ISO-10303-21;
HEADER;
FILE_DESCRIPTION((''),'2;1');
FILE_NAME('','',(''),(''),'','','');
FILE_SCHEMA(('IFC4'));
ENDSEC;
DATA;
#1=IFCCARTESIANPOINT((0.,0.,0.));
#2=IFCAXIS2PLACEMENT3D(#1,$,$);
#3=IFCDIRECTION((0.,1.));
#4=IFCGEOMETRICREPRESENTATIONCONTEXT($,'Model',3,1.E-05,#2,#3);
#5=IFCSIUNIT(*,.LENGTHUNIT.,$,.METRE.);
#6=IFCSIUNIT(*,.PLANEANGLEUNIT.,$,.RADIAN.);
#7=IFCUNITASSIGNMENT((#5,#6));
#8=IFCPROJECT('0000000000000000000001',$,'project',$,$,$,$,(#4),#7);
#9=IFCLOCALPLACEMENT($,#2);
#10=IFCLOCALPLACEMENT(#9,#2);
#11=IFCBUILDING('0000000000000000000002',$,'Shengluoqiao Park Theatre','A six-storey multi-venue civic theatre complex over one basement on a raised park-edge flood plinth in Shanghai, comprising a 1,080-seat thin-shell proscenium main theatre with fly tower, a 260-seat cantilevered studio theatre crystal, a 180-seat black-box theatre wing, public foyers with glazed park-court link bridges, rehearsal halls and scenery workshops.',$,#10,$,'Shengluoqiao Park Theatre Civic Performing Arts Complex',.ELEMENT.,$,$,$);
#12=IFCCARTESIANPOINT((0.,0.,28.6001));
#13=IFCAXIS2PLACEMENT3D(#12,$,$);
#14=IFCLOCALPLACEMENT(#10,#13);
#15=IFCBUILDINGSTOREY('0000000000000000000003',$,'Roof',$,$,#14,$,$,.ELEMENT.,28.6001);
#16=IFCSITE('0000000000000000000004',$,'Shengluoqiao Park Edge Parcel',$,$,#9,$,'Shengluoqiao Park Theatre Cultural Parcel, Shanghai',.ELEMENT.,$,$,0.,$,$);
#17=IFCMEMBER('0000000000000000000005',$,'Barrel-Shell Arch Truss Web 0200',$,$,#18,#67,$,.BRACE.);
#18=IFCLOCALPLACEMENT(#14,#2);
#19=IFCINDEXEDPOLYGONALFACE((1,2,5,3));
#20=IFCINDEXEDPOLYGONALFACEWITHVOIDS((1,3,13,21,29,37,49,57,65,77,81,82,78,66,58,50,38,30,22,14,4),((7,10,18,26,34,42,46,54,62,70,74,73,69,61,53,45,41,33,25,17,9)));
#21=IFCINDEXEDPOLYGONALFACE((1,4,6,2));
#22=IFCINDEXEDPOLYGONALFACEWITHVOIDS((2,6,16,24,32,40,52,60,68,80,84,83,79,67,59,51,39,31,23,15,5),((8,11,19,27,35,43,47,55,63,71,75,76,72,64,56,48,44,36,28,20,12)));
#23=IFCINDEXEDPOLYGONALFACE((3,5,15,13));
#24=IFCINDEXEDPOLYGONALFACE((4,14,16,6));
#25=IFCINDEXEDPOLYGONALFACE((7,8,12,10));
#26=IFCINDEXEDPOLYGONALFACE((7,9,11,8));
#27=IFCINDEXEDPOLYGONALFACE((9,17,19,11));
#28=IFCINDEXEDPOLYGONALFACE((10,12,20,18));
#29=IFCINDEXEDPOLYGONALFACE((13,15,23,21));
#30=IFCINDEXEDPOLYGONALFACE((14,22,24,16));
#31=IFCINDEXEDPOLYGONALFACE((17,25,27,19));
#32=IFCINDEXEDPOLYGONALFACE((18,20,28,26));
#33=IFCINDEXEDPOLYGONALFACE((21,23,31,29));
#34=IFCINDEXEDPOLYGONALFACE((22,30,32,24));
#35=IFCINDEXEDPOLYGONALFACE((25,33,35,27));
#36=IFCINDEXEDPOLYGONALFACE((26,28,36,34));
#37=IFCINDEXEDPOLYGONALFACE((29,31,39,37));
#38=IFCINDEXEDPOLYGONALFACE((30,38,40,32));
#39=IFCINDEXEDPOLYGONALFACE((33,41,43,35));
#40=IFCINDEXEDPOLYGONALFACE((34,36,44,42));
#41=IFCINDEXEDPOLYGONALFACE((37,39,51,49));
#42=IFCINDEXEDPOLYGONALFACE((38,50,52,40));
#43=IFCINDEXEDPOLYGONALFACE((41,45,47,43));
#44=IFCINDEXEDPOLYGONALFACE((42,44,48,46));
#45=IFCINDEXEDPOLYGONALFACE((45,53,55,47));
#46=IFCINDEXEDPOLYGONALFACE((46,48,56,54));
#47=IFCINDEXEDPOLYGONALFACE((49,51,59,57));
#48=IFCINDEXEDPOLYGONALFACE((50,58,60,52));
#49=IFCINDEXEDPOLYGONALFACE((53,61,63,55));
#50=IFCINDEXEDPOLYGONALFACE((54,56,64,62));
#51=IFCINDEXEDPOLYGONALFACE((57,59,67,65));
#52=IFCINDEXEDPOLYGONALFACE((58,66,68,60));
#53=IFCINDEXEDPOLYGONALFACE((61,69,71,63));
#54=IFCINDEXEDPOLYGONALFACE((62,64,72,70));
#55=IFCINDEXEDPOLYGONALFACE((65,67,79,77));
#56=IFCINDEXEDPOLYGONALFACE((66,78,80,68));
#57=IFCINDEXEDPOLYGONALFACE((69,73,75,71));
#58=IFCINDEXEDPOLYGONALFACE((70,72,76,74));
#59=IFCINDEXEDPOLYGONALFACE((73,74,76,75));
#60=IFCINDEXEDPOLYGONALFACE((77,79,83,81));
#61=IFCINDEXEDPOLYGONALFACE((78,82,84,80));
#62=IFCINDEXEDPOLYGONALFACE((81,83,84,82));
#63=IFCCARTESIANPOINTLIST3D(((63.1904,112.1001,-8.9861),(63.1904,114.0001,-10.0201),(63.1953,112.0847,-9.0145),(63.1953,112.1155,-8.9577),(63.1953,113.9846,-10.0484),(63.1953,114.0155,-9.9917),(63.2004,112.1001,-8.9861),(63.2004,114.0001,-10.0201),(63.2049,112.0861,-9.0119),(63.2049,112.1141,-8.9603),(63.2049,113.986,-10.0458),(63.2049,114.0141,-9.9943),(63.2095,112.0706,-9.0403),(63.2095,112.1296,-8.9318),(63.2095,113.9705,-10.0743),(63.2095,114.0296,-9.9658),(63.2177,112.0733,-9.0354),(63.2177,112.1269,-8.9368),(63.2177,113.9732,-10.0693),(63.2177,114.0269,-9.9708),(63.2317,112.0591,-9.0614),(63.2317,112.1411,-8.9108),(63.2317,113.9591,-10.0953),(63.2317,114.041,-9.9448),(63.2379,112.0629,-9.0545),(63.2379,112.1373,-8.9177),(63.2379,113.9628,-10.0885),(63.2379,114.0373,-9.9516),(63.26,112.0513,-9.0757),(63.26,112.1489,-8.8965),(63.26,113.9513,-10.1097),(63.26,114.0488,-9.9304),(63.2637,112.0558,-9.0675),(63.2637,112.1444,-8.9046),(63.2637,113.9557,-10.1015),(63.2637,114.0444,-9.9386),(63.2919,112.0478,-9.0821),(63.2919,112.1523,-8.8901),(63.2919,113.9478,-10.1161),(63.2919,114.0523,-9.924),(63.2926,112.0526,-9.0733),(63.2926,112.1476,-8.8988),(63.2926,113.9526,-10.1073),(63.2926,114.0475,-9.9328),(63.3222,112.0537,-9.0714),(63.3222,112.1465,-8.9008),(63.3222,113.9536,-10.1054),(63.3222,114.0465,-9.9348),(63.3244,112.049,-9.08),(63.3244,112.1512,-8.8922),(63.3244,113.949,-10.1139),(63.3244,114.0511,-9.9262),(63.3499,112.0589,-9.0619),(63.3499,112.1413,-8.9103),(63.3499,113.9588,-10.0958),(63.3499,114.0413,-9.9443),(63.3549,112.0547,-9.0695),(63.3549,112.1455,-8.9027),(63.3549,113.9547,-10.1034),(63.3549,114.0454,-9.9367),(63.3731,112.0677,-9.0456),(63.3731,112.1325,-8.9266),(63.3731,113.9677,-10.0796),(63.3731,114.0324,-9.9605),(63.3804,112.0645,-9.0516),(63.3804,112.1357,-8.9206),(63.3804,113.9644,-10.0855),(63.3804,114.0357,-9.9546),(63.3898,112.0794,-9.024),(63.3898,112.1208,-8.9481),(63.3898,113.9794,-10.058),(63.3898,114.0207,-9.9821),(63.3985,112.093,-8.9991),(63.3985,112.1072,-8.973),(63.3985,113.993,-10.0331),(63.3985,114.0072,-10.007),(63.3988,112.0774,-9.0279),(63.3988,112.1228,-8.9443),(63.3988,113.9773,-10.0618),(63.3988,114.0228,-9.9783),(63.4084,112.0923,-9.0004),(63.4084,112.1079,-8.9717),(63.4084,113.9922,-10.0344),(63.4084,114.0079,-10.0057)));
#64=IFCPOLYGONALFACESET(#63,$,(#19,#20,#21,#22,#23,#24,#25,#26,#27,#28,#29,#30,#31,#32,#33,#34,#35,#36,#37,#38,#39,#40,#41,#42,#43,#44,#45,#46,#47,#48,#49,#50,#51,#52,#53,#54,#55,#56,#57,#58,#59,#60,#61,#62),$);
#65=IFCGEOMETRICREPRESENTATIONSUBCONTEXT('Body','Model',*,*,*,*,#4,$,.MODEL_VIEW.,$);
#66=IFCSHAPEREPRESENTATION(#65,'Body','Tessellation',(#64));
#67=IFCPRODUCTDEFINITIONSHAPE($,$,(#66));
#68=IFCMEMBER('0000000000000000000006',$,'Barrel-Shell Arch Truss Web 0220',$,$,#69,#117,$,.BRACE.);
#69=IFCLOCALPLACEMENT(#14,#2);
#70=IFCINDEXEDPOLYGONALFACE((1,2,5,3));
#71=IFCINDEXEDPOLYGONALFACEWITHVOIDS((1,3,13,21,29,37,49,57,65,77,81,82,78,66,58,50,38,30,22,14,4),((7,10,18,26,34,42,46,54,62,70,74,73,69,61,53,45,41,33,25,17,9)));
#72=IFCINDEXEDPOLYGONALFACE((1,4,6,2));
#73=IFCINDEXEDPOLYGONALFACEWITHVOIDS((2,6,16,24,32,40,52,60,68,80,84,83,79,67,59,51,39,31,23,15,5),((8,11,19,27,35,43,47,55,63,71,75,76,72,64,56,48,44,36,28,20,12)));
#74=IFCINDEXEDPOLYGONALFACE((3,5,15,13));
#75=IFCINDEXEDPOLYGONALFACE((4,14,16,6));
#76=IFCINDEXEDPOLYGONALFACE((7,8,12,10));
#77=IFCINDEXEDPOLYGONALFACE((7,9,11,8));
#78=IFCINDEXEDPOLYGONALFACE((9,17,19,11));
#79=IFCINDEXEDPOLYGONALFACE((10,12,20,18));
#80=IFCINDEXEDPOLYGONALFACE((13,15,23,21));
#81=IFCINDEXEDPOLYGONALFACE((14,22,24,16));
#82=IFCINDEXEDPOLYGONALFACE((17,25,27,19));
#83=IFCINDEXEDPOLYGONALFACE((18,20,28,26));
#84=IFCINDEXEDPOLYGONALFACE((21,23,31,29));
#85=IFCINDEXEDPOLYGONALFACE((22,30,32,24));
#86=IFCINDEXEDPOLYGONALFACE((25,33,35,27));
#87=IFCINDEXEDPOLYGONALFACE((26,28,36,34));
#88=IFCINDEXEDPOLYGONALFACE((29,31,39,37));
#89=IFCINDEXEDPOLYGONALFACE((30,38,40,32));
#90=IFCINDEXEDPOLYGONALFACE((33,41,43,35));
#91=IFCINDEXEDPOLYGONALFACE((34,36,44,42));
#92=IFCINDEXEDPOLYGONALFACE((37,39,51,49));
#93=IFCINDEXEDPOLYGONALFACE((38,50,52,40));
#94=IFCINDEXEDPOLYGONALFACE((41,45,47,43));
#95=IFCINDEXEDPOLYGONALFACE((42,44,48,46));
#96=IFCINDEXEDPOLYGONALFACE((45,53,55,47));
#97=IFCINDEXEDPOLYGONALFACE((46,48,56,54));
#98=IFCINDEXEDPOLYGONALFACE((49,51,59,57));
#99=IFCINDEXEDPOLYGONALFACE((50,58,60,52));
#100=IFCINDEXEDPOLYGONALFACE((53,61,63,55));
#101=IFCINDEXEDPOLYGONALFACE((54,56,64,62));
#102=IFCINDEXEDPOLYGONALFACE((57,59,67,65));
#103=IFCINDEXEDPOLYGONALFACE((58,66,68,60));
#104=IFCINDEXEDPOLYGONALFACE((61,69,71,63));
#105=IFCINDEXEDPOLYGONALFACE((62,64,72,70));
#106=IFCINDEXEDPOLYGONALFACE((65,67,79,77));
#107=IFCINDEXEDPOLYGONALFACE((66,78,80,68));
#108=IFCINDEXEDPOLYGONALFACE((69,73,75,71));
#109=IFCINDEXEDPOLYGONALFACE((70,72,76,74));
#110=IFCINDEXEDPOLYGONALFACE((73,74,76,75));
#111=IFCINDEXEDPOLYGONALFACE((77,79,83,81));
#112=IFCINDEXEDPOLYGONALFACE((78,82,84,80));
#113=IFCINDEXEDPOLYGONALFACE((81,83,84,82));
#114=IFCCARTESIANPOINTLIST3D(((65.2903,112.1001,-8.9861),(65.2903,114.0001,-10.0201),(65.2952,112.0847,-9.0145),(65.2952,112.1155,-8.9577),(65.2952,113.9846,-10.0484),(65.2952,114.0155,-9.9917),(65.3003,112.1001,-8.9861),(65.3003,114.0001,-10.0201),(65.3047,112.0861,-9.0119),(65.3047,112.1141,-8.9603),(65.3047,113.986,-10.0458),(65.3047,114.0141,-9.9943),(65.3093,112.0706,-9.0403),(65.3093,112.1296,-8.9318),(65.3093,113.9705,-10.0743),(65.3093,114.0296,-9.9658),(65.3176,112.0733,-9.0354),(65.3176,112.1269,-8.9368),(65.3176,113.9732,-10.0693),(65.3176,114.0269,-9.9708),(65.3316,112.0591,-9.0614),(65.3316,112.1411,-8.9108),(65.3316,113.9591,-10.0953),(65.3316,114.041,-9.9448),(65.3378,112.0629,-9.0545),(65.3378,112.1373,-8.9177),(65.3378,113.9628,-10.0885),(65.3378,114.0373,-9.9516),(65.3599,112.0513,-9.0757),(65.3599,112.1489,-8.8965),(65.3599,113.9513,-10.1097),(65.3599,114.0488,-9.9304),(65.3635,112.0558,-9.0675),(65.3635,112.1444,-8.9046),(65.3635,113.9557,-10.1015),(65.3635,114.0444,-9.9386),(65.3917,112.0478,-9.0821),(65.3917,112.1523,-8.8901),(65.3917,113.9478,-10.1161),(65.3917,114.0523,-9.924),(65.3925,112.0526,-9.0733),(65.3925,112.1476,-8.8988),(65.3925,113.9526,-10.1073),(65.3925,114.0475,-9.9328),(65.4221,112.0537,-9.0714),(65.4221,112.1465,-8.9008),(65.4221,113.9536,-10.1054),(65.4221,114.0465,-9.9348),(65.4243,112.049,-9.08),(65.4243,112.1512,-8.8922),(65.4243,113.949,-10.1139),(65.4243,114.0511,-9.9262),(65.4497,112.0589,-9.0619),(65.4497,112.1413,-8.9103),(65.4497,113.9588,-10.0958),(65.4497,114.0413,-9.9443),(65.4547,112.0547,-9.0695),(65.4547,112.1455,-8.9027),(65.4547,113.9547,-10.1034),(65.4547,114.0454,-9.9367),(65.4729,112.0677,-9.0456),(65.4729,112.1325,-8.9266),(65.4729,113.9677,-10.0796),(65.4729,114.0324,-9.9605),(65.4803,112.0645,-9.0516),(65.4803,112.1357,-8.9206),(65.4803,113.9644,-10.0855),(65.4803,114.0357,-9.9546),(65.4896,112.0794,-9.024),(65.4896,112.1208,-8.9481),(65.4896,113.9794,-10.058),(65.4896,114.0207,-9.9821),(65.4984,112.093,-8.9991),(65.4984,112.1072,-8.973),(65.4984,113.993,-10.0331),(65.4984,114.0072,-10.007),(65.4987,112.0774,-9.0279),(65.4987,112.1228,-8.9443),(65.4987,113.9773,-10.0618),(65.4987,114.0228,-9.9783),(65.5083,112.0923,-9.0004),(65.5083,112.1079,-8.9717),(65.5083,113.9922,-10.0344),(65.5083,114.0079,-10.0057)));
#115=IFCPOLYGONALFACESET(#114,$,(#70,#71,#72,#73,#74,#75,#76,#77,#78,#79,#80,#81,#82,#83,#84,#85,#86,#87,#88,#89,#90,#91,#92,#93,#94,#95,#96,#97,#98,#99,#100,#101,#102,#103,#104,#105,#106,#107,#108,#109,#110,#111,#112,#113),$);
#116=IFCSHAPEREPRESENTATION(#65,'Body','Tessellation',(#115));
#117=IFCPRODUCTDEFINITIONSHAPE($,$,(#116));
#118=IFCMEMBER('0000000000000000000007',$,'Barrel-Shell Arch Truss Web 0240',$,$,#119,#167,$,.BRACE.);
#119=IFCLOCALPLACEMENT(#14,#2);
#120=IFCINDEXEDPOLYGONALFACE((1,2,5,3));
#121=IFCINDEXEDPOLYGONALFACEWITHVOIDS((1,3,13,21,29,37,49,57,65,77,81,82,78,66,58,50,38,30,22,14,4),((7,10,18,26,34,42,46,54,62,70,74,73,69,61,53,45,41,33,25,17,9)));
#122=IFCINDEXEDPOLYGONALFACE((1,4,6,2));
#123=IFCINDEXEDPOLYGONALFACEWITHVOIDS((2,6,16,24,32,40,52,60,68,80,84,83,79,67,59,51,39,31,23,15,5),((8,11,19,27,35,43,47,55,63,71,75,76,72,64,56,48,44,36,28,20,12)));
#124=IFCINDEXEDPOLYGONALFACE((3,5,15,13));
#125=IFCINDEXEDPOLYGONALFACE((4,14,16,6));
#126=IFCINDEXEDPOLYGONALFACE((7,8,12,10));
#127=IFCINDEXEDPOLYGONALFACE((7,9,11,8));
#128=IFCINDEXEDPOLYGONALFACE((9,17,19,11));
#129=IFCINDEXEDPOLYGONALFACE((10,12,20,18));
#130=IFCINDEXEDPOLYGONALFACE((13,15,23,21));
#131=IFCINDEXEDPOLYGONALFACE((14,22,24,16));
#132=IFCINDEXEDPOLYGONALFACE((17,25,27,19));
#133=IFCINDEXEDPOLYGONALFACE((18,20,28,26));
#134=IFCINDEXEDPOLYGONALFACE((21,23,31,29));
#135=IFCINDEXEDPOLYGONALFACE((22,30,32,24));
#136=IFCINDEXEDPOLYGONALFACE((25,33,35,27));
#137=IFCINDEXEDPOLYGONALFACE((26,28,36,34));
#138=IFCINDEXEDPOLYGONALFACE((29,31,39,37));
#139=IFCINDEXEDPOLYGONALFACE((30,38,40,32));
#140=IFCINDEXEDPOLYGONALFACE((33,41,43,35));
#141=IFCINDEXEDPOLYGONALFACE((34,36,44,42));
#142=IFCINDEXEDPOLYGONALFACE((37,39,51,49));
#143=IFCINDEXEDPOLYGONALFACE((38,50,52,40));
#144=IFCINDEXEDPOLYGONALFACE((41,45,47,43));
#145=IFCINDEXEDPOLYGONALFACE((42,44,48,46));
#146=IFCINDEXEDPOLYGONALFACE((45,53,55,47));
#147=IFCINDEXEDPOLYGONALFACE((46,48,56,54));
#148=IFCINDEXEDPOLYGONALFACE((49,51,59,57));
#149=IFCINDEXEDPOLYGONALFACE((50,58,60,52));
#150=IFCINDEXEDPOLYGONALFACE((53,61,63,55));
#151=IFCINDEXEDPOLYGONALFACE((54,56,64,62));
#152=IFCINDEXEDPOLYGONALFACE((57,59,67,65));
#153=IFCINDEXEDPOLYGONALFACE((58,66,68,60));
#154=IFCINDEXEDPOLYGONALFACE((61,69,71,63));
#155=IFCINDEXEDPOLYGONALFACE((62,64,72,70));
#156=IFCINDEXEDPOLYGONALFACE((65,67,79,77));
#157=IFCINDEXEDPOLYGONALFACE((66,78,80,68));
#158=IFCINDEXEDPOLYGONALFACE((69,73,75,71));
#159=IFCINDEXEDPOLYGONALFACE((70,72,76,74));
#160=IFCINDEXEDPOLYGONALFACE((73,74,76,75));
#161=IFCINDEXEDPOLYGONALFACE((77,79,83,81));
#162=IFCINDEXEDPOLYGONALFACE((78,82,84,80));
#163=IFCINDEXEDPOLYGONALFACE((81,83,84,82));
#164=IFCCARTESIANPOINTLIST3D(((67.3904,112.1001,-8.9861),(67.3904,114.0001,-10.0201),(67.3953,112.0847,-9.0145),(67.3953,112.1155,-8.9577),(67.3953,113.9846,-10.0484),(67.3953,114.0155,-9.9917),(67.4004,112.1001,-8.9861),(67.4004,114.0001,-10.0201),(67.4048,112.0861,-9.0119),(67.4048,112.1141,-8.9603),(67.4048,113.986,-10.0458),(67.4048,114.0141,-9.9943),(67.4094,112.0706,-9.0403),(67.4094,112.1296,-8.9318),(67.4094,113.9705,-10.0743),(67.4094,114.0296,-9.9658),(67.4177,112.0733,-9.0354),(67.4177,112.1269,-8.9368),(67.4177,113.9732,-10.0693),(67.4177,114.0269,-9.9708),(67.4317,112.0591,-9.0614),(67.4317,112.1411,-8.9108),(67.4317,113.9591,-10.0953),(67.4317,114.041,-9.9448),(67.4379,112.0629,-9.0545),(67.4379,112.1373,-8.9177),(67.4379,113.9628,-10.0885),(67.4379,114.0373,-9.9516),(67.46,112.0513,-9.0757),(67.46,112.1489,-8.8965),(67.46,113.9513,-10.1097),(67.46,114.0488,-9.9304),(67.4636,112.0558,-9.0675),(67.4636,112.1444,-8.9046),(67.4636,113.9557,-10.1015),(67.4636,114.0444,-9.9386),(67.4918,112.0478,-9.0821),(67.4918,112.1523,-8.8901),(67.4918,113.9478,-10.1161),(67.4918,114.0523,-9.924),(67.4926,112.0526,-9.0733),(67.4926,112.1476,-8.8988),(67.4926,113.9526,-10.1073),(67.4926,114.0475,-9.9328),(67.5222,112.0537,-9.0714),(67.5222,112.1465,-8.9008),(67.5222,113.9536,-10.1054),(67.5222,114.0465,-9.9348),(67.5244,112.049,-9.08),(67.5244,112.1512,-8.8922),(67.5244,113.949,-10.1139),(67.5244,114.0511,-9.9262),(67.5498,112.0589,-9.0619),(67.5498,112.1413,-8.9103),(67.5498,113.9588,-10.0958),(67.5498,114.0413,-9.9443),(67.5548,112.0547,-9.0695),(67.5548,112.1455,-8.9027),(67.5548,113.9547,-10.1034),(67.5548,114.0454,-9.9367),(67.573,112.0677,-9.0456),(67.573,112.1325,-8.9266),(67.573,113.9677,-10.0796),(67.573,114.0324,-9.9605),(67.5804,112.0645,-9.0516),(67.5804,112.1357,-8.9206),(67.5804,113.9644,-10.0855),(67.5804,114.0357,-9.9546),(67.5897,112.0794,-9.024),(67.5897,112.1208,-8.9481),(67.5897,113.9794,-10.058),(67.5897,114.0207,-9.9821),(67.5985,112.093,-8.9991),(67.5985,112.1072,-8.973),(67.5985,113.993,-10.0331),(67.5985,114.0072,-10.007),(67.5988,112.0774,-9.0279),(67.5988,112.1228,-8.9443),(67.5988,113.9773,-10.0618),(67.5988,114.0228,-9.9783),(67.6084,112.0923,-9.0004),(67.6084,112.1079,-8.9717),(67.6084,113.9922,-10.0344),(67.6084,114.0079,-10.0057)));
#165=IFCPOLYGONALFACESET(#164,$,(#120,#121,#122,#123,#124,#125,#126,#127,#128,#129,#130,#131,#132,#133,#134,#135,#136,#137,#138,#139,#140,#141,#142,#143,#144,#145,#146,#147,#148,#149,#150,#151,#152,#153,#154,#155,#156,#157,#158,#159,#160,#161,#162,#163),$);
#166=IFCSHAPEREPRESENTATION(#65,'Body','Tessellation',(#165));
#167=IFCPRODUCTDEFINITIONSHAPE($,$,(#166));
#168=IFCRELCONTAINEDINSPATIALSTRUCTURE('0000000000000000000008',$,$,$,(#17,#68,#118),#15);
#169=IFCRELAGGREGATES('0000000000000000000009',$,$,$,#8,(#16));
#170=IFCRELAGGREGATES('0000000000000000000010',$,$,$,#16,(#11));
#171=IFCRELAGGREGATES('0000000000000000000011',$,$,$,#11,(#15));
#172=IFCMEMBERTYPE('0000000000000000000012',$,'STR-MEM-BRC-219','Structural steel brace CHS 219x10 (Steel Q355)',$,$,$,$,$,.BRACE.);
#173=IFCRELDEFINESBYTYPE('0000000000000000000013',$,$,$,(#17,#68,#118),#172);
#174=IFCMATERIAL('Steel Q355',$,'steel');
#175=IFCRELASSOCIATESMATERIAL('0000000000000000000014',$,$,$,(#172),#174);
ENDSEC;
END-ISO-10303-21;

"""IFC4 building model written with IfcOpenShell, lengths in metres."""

from ifc_helpers import new_model, si_unit, direction, frame, origin, origin_2d, place, context, subcontext, project, spatial, hollow_circle, extrude, material, material_profile, profile_set, type_object, element, save


model = new_model("IFC4")

# Units and contexts
model_context = context("Model", 3, precision=1e-05, world=origin(), true_north=direction((0.0, 1.0)))
body_context = subcontext(model_context, "Body", "Model", "MODEL_VIEW")
ifc_project = project(units=[si_unit("LENGTHUNIT", "METRE"), si_unit("PLANEANGLEUNIT", "RADIAN")], contexts=[model_context])

# Site, building, storey
site_placement = place(None, origin())
site = spatial("IfcSite", under=ifc_project, at=site_placement, Name="Shengluoqiao Park Edge Parcel", LongName="Shengluoqiao Park Theatre Cultural Parcel, Shanghai", CompositionType="ELEMENT", RefElevation=0.0)
building_placement = place(site_placement, origin())
building = spatial("IfcBuilding", under=site, at=building_placement, Name="Shengluoqiao Park Theatre", Description="A six-storey multi-venue civic theatre complex over one basement on a raised park-edge flood plinth in Shanghai, comprising a 1,080-seat thin-shell proscenium main theatre with fly tower, a 260-seat cantilevered studio theatre crystal, a 180-seat black-box theatre wing, public foyers with glazed park-court link bridges, rehearsal halls and scenery workshops.", LongName="Shengluoqiao Park Theatre Civic Performing Arts Complex", CompositionType="ELEMENT")
storey_placement = place(building_placement, frame((0.0, 0.0, 28.6001)))
storey = spatial("IfcBuildingStorey", under=building, at=storey_placement, Name="Roof", CompositionType="ELEMENT", Elevation=28.6001)

# Shared definitions
ifc_material_1 = material(Name="Steel Q355", Category="steel")

# Members
ifc_material_profile_1 = material_profile(ifc_material_1, hollow_circle(Radius=0.1096, WallThickness=0.01, at=origin_2d()), Name="CHS 219x10")
ifc_profile_set_1 = profile_set([ifc_material_profile_1], Name="Steel Q355")
member_type_1 = type_object("IfcMemberType", Name="STR-MEM-BRC-219", Description="Structural steel brace CHS 219x10 (Steel Q355)", PredefinedType="BRACE", material=ifc_profile_set_1)
for number, where, z_axis, x_axis, name in (
    (1, (63.3, 112.1001, -8.9861), (0.0, 0.878357, -0.478006), (-1.0, 0.0, 0.0), "Barrel-Shell Arch Truss Web 0200"),
    (2, (65.3999, 112.1001, -8.9861), (0.0, 0.878357, -0.478006), (-1.0, 0.0, 0.0), "Barrel-Shell Arch Truss Web 0220"),
    (3, (67.5, 112.1001, -8.9861), (0.0, 0.878357, -0.478006), (-1.0, 0.0, 0.0), "Barrel-Shell Arch Truss Web 0240"),
):
    element("IfcMember", number, at=place(storey_placement, frame(where, z_axis=z_axis, x_axis=x_axis)), inside=storey, type_object=member_type_1, Name=name, PredefinedType="BRACE", context=body_context, shape_type="SweptSolid", body=[
        extrude(hollow_circle(Radius=0.1096, WallThickness=0.01, at=origin_2d()), origin(), (0.0, 0.0, 1.0), 2.1631),
    ])

save(model, "model.ifc")
